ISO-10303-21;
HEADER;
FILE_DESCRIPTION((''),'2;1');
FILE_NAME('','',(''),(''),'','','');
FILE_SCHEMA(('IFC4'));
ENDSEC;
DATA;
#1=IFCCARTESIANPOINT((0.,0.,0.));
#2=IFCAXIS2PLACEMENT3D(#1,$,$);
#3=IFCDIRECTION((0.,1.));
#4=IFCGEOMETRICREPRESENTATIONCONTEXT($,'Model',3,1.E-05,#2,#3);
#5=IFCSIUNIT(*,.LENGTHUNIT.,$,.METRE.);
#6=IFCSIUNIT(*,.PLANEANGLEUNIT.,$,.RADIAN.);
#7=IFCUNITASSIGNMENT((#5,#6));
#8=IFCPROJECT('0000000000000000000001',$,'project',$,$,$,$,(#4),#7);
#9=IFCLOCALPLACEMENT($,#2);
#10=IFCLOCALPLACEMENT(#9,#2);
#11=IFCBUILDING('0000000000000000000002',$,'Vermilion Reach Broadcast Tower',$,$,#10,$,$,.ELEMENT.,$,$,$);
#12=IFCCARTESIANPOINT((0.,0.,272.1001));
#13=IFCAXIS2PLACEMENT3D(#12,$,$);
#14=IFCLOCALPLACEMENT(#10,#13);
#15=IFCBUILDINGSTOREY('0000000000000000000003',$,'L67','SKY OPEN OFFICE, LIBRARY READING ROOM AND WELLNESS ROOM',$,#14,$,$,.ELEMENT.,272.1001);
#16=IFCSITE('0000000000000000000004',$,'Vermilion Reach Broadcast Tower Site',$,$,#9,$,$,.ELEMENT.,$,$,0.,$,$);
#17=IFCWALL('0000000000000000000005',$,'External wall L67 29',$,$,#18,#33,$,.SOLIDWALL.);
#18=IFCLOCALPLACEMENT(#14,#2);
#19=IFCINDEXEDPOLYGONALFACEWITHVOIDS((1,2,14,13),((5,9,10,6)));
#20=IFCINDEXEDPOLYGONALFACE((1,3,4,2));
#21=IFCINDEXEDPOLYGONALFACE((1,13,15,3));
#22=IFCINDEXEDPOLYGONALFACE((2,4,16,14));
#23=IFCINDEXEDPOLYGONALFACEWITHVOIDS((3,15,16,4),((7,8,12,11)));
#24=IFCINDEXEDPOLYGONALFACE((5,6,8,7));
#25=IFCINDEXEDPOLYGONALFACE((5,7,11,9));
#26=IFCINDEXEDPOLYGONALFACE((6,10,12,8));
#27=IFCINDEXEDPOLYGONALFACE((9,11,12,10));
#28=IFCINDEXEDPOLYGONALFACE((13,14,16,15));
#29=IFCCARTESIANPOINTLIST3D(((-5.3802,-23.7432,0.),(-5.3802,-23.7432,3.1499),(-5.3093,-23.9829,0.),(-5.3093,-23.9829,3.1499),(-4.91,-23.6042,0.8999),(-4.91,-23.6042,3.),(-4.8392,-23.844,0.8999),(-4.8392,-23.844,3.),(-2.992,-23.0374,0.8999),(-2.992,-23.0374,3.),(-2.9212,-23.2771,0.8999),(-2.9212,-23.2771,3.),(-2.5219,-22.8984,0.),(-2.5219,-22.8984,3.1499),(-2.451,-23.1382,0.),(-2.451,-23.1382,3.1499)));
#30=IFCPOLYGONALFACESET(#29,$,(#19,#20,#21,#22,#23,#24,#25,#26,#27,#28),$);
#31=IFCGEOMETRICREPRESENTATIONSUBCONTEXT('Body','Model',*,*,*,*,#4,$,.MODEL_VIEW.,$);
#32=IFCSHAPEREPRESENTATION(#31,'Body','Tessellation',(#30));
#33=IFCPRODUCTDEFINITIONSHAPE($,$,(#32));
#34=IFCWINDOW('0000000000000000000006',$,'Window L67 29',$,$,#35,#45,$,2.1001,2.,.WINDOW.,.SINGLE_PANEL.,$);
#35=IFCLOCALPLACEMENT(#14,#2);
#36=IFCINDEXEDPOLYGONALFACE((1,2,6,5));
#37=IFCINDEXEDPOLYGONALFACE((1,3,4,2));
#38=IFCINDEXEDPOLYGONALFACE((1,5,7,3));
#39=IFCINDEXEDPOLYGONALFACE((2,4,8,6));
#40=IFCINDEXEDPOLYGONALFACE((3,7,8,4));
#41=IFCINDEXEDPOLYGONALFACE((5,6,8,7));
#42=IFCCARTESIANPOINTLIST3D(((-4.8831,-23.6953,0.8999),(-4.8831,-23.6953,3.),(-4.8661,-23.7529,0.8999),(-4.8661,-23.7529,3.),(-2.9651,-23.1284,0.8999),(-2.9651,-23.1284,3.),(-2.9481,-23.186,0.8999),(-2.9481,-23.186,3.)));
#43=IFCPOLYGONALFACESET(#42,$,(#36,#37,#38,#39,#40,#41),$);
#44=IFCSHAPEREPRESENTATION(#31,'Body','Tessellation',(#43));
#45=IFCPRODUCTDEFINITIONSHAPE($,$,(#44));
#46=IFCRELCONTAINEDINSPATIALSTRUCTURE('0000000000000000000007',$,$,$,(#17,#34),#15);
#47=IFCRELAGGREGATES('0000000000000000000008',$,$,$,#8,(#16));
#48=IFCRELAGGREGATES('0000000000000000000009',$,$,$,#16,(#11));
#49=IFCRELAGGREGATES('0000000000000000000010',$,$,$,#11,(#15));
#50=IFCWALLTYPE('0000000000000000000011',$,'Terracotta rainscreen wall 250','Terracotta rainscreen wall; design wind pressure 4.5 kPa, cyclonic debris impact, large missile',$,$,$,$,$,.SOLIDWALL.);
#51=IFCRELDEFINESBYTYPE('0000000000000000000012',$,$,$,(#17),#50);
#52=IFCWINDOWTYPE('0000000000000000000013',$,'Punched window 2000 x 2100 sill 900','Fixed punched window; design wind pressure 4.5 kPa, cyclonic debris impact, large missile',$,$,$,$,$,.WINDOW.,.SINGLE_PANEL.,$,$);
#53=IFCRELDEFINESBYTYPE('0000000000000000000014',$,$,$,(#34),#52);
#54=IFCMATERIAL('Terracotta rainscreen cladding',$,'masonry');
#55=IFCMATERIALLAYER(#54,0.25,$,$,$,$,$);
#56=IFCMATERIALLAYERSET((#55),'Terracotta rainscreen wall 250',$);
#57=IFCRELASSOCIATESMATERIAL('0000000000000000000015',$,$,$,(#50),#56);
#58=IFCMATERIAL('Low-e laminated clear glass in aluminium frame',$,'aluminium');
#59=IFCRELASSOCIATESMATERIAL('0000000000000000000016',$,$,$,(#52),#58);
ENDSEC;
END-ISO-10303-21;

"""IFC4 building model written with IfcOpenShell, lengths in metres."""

from ifc_helpers import new_model, si_unit, direction, frame, frame_2d, origin, place, context, subcontext, project, spatial, rectangle, extrude, material, layer, layer_set, type_object, element, fill, save


model = new_model("IFC4")

# Units and contexts
model_context = context("Model", 3, precision=1e-05, world=origin(), true_north=direction((0.0, 1.0)))
body_context = subcontext(model_context, "Body", "Model", "MODEL_VIEW")
ifc_project = project(units=[si_unit("LENGTHUNIT", "METRE"), si_unit("PLANEANGLEUNIT", "RADIAN")], contexts=[model_context])

# Site, building, storey
site_placement = place(None, origin())
site = spatial("IfcSite", under=ifc_project, at=site_placement, Name="Vermilion Reach Broadcast Tower Site", CompositionType="ELEMENT", RefElevation=0.0)
building_placement = place(site_placement, origin())
building = spatial("IfcBuilding", under=site, at=building_placement, Name="Vermilion Reach Broadcast Tower", CompositionType="ELEMENT")
storey_placement = place(building_placement, frame((0.0, 0.0, 272.1001)))
storey = spatial("IfcBuildingStorey", under=building, at=storey_placement, Name="L67", Description="SKY OPEN OFFICE, LIBRARY READING ROOM AND WELLNESS ROOM", CompositionType="ELEMENT", Elevation=272.1001)

# Shared definitions
ifc_material_1 = material(Name="Terracotta rainscreen cladding", Category="masonry")
ifc_layer_1 = layer(ifc_material_1, 0.25)
ifc_layer_set_1 = layer_set([ifc_layer_1], Name="Terracotta rainscreen wall 250")
wall_type_1 = type_object("IfcWallType", Name="Terracotta rainscreen wall 250", Description="Terracotta rainscreen wall; design wind pressure 4.5 kPa, cyclonic debris impact, large missile", PredefinedType="SOLIDWALL", material=ifc_layer_set_1)

# Wall, opening, window
ifc_material_2 = material(Name="Low-e laminated clear glass in aluminium frame", Category="aluminium")
window_type = type_object("IfcWindowType", Name="Punched window 2000 x 2100 sill 900", Description="Fixed punched window; design wind pressure 4.5 kPa, cyclonic debris impact, large missile", PartitioningType="SINGLE_PANEL", PredefinedType="WINDOW", material=ifc_material_2)
wall_1_placement = place(storey_placement, frame((-5.3447, -23.863, 0.0), z_axis=(0.0, 0.0, 1.0), x_axis=(0.958993, 0.28343, 0.0)))
wall_1 = element("IfcWall", 1, at=wall_1_placement, inside=storey, type_object=wall_type_1, Name="External wall L67 29", PredefinedType="SOLIDWALL", context=body_context, shape_type="SweptSolid", body=[
    extrude(rectangle(XDim=2.9805, YDim=0.25, at=frame_2d((1.4902, 0.0))), origin(), (0.0, 0.0, 1.0), 3.1499),
])
opening_1_placement = place(wall_1_placement, frame((0.4902, 0.0, 0.8999)))
opening_1 = element("IfcOpeningElement", 2, at=opening_1_placement, cuts=wall_1, PredefinedType="OPENING", context=body_context, shape_type="SweptSolid", body=[
    extrude(rectangle(XDim=2.0, YDim=2.1001, at=frame_2d((1.0, 1.05))), frame((0.0, 0.135, 0.0), z_axis=(0.0, -1.0, 0.0), x_axis=(1.0, 0.0, 0.0)), (0.0, 0.0, 1.0), 0.27),
])
window_1_placement = place(opening_1_placement, origin())
window_1 = element("IfcWindow", 3, at=window_1_placement, inside=storey, type_object=window_type, Name="Window L67 29", OverallHeight=2.1001, OverallWidth=2.0, PartitioningType="SINGLE_PANEL", PredefinedType="WINDOW", context=body_context, shape_type="SweptSolid", body=[
    extrude(rectangle(XDim=2.0, YDim=2.1001, at=frame_2d((1.0, 1.05))), frame((0.0, 0.03, 0.0), z_axis=(0.0, -1.0, 0.0), x_axis=(1.0, 0.0, 0.0)), (0.0, 0.0, 1.0), 0.0601),
])
fill(opening_1, window_1)

save(model, "model.ifc")
